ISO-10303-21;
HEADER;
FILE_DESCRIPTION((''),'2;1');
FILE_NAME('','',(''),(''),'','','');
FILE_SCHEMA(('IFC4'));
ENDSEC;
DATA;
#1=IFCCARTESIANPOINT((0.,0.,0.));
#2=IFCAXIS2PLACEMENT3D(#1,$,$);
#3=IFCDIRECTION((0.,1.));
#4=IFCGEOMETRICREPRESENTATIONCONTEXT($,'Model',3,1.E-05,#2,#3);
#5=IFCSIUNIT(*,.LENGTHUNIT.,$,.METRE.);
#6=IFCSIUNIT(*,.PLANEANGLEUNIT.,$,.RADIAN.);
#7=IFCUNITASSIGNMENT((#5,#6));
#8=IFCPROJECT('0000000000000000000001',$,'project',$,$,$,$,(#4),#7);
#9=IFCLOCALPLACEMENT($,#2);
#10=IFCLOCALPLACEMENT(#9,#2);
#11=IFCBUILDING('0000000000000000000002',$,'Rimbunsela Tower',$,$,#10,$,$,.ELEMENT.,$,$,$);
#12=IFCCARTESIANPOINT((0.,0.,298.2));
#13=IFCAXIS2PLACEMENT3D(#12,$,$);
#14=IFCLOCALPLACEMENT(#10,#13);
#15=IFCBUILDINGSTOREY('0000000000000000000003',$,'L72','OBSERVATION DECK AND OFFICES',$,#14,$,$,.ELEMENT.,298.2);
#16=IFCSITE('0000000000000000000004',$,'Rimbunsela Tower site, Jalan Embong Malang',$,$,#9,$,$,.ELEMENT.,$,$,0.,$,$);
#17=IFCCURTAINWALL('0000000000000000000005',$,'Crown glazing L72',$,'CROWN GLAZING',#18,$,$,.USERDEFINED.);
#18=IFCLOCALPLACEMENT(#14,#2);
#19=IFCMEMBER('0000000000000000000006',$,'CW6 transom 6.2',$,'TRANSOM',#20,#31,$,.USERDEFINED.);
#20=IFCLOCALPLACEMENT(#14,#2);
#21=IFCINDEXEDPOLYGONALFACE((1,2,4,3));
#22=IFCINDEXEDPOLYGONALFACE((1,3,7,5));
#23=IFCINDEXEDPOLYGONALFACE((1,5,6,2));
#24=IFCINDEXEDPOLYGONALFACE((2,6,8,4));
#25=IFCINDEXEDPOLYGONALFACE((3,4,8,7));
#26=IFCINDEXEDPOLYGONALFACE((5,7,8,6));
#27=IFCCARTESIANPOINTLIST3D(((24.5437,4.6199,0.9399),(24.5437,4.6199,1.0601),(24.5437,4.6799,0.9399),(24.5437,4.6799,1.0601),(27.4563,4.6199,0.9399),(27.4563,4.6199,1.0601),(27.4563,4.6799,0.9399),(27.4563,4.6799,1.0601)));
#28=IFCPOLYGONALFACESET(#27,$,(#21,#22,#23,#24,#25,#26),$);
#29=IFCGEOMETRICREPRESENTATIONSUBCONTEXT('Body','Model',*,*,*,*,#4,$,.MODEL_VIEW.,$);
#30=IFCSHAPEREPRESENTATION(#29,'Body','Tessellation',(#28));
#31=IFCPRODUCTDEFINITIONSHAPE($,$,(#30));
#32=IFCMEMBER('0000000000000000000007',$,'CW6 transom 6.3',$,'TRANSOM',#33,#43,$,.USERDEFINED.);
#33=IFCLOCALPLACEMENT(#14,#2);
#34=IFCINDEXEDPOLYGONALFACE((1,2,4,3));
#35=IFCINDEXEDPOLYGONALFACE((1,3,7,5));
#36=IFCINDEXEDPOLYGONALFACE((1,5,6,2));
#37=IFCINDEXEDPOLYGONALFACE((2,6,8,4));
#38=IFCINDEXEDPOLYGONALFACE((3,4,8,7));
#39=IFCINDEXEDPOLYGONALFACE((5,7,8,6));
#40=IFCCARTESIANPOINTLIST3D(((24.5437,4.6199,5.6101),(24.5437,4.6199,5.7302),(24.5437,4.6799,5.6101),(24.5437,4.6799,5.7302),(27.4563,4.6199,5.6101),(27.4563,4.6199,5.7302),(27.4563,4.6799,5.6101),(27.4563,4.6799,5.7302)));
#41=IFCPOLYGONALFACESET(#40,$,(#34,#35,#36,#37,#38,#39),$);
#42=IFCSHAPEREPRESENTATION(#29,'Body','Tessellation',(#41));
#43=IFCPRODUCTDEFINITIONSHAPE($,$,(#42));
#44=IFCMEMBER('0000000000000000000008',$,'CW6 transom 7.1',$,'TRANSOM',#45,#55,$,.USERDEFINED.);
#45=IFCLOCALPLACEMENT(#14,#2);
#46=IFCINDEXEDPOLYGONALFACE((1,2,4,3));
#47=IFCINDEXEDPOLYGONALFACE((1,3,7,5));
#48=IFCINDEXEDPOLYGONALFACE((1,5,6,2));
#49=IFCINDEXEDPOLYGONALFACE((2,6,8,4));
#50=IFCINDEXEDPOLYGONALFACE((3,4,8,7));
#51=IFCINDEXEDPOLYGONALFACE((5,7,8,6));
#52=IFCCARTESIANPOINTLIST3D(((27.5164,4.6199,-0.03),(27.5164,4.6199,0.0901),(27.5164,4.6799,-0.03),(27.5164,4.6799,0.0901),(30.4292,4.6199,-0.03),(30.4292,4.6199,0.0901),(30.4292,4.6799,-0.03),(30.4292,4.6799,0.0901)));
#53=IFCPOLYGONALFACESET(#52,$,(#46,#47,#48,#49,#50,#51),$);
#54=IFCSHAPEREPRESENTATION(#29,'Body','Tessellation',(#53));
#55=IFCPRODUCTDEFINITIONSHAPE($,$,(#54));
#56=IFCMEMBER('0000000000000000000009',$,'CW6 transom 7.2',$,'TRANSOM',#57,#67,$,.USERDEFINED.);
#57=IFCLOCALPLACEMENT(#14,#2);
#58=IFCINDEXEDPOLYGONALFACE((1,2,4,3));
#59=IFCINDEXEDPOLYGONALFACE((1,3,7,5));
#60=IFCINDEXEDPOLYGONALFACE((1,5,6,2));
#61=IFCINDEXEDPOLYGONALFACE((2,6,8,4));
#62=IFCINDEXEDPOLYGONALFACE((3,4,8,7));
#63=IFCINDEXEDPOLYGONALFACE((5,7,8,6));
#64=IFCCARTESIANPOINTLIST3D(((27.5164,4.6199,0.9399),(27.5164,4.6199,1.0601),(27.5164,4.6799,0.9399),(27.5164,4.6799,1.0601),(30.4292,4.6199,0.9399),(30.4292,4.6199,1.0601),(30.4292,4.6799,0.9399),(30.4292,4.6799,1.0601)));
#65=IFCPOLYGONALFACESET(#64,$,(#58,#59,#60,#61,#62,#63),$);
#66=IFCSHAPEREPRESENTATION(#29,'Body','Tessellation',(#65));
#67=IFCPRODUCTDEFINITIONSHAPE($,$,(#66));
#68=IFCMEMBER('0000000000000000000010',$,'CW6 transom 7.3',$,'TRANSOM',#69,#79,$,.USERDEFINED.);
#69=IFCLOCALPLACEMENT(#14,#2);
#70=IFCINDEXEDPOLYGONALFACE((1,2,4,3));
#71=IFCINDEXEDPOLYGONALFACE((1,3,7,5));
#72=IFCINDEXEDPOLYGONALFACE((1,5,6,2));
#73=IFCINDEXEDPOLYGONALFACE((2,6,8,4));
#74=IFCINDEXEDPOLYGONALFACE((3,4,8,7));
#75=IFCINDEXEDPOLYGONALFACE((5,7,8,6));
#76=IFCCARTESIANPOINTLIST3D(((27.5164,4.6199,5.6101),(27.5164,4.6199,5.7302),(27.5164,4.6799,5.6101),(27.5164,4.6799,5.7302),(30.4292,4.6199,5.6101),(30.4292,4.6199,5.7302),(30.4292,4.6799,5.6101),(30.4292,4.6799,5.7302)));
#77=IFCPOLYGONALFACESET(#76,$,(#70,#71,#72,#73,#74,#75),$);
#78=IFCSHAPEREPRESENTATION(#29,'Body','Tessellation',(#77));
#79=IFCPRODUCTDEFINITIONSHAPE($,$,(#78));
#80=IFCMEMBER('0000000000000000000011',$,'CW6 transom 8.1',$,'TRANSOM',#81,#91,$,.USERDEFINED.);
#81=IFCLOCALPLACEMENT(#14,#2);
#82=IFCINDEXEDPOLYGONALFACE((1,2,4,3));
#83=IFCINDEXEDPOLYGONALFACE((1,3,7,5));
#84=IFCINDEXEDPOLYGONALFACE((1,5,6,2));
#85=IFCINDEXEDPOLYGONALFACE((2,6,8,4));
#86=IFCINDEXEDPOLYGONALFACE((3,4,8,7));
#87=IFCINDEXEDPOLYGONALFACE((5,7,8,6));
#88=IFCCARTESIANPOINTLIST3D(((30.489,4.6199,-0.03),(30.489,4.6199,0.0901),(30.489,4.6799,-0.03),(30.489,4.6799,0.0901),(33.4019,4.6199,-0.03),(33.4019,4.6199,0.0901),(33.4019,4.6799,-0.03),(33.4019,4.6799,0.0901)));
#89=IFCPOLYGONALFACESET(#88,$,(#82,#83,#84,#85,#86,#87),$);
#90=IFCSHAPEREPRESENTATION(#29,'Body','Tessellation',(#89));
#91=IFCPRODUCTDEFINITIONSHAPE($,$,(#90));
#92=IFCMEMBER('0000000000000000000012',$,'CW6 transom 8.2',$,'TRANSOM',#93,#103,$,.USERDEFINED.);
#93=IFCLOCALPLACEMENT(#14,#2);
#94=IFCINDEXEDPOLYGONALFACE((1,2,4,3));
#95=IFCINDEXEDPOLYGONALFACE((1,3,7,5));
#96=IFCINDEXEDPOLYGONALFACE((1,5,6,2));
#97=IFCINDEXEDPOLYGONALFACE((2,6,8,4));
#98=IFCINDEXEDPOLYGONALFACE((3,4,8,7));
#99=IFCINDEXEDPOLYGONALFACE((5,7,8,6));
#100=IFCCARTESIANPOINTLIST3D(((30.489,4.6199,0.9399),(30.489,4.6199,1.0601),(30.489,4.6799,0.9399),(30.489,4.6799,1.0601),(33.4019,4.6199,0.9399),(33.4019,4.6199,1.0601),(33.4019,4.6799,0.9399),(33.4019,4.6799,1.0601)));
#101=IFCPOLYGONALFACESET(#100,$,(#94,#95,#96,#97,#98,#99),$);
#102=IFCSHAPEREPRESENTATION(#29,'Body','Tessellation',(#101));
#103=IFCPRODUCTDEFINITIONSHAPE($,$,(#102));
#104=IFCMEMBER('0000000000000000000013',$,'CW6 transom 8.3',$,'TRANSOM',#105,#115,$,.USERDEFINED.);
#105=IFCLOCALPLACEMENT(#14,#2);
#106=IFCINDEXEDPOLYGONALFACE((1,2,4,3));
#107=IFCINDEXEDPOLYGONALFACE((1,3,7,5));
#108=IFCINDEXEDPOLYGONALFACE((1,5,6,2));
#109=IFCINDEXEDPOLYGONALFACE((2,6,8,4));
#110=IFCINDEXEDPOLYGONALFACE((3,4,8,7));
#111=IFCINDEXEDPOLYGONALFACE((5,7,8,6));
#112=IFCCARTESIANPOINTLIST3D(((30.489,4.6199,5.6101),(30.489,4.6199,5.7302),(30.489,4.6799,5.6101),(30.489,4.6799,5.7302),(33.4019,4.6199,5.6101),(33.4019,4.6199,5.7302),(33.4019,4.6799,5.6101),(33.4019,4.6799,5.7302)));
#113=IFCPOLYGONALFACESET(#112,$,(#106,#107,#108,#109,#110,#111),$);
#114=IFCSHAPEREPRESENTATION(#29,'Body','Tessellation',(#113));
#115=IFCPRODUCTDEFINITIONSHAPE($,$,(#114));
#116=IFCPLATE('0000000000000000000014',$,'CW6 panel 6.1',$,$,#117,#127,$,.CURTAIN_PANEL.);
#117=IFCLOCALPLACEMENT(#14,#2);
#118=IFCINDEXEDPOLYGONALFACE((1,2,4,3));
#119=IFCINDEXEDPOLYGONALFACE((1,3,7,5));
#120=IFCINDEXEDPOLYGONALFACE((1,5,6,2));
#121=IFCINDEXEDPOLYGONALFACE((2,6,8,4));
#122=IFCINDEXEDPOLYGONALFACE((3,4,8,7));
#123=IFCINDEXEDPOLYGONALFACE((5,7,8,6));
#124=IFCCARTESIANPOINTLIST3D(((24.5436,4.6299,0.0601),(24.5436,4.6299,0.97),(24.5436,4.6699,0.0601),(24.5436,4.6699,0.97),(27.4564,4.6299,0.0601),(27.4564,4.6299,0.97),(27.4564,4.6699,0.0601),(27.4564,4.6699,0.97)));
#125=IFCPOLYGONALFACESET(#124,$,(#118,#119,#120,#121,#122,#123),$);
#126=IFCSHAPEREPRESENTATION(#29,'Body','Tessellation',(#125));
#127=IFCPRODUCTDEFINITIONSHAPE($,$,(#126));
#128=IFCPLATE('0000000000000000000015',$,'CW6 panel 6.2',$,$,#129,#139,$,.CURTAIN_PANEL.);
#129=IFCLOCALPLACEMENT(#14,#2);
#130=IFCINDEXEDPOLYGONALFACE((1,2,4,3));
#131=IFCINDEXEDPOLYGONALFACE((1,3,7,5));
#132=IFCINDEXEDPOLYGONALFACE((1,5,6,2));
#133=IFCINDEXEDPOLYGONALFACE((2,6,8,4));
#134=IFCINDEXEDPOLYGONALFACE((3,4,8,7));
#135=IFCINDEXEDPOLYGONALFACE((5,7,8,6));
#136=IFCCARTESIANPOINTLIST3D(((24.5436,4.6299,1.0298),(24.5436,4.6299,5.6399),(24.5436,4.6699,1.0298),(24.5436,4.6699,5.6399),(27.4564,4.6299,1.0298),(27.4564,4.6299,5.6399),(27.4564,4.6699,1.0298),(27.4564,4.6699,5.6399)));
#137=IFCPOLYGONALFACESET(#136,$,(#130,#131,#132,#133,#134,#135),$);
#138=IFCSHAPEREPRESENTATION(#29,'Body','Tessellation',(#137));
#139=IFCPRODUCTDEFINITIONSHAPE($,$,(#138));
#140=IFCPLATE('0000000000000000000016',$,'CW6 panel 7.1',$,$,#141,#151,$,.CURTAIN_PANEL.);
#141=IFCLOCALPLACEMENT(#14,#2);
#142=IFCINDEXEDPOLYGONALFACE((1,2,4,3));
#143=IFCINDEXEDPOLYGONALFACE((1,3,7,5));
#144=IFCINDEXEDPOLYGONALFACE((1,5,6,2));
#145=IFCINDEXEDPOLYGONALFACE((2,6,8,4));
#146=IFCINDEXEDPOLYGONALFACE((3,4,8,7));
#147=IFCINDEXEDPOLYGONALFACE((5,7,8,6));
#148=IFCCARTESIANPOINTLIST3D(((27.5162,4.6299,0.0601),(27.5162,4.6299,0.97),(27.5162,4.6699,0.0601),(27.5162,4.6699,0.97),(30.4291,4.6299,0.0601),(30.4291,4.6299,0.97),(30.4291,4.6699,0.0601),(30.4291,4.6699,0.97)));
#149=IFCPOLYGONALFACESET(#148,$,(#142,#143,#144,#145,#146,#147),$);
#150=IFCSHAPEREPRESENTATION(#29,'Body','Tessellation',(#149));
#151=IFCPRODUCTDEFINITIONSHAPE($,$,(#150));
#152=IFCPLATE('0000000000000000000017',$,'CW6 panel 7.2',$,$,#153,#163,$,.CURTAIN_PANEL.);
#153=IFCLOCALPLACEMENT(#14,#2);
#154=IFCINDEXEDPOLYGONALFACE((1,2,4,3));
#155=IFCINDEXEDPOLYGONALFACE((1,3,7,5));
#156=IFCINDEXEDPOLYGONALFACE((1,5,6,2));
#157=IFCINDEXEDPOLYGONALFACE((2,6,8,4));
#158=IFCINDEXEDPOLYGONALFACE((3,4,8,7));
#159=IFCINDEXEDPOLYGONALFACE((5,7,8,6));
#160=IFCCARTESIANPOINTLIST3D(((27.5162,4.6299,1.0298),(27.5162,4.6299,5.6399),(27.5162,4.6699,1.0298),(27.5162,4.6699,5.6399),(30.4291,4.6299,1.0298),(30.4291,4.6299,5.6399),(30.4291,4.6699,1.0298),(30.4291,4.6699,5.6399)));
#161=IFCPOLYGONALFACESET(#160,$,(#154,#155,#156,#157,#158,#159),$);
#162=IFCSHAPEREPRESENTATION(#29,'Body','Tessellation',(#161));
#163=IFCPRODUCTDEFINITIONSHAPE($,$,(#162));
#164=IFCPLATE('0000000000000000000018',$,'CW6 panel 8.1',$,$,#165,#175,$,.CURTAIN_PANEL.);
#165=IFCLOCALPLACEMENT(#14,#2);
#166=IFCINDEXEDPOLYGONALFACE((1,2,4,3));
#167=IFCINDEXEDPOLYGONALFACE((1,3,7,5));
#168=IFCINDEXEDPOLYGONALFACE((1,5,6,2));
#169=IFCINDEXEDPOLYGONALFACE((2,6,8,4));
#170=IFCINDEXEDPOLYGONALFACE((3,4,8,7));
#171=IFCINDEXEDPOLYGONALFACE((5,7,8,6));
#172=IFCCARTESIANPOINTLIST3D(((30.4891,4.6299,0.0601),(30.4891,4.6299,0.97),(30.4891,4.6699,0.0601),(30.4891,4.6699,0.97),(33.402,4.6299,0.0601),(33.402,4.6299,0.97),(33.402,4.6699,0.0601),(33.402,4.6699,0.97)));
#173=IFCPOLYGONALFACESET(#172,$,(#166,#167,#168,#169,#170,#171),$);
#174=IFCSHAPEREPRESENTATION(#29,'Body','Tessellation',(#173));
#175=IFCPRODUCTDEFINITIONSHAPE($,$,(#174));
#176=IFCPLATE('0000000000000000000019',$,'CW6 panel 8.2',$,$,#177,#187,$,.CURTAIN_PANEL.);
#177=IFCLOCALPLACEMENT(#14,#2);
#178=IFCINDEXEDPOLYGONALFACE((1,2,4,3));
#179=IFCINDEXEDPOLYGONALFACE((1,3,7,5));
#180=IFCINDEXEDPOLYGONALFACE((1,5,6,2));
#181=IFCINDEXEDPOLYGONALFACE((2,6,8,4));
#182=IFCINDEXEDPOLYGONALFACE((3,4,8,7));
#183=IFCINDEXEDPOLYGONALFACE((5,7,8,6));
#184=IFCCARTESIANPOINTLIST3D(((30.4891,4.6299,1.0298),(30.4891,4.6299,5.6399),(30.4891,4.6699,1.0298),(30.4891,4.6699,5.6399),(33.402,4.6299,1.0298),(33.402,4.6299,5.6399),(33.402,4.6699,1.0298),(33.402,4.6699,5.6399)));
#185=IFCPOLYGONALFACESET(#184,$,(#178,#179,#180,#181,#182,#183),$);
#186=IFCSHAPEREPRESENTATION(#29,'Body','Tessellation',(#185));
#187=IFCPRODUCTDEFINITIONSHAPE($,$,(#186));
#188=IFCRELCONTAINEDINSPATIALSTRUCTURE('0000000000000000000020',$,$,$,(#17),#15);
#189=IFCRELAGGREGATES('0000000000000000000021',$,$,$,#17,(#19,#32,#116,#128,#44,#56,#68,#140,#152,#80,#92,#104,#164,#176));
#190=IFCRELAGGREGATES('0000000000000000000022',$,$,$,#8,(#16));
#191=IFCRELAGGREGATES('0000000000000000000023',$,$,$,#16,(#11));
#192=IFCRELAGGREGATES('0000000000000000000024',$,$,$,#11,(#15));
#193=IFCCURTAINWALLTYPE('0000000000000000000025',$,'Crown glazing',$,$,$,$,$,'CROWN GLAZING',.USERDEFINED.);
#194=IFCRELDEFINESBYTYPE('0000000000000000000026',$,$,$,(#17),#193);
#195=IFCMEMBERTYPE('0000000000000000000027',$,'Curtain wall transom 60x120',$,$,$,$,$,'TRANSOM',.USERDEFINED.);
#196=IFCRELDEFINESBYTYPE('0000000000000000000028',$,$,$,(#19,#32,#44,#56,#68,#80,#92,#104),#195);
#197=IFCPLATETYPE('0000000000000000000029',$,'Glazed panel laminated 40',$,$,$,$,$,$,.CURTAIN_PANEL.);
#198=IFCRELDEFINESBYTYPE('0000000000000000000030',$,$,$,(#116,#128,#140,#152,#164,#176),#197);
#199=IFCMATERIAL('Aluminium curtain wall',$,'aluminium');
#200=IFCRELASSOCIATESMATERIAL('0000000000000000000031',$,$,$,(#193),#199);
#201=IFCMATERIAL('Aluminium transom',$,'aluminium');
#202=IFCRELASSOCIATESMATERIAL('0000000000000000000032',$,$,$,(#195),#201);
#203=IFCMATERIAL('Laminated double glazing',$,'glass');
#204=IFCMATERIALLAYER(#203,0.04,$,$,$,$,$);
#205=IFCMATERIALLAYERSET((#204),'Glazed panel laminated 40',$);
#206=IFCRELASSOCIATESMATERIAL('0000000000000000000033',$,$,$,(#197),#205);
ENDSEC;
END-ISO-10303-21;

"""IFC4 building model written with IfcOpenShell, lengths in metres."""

from ifc_helpers import new_model, si_unit, direction, frame, origin, origin_2d, place, context, subcontext, project, spatial, rectangle, extrude, material, layer, layer_set, material_profile, profile_set, type_object, element, aggregate, save


model = new_model("IFC4")

# Units and contexts
model_context = context("Model", 3, precision=1e-05, world=origin(), true_north=direction((0.0, 1.0)))
body_context = subcontext(model_context, "Body", "Model", "MODEL_VIEW")
ifc_project = project(units=[si_unit("LENGTHUNIT", "METRE"), si_unit("PLANEANGLEUNIT", "RADIAN")], contexts=[model_context])

# Site, building, storey
site_placement = place(None, origin())
site = spatial("IfcSite", under=ifc_project, at=site_placement, Name="Rimbunsela Tower site, Jalan Embong Malang", CompositionType="ELEMENT", RefElevation=0.0)
building_placement = place(site_placement, origin())
building = spatial("IfcBuilding", under=site, at=building_placement, Name="Rimbunsela Tower", CompositionType="ELEMENT")
storey_placement = place(building_placement, frame((0.0, 0.0, 298.2)))
storey = spatial("IfcBuildingStorey", under=building, at=storey_placement, Name="L72", Description="OBSERVATION DECK AND OFFICES", CompositionType="ELEMENT", Elevation=298.2)

# Curtain wall, members, plates
ifc_material_1 = material(Name="Aluminium curtain wall", Category="aluminium")
curtain_wall_type = type_object("IfcCurtainWallType", Name="Crown glazing", ElementType="CROWN GLAZING", PredefinedType="USERDEFINED", material=ifc_material_1)
curtain_wall_placement = place(storey_placement, origin())
curtain_wall = element("IfcCurtainWall", 1, at=curtain_wall_placement, inside=storey, type_object=curtain_wall_type, Name="Crown glazing L72", ObjectType="CROWN GLAZING", PredefinedType="USERDEFINED")
ifc_material_2 = material(Name="Aluminium transom", Category="aluminium")
ifc_material_profile_1 = material_profile(ifc_material_2, rectangle(XDim=0.0601, YDim=0.1201, at=origin_2d()), Name="Transom 60x120")
ifc_profile_set_1 = profile_set([ifc_material_profile_1], Name="Aluminium transom")
member_type_1 = type_object("IfcMemberType", Name="Curtain wall transom 60x120", ElementType="TRANSOM", PredefinedType="USERDEFINED", material=ifc_profile_set_1)
member_1_placement = place(storey_placement, frame((24.5437, 4.6499, 1.0), z_axis=(1.0, 0.0, 0.0), x_axis=(0.0, 1.0, 0.0)))
member_1 = element("IfcMember", 2, at=member_1_placement, type_object=member_type_1, Name="CW6 transom 6.2", ObjectType="TRANSOM", PredefinedType="USERDEFINED", context=body_context, shape_type="SweptSolid", body=[
    extrude(rectangle(XDim=0.0601, YDim=0.1201, at=origin_2d()), origin(), (0.0, 0.0, 1.0), 2.9126),
])
member_2_placement = place(storey_placement, frame((24.5437, 4.6499, 5.6702), z_axis=(1.0, 0.0, 0.0), x_axis=(0.0, 1.0, 0.0)))
member_2 = element("IfcMember", 3, at=member_2_placement, type_object=member_type_1, Name="CW6 transom 6.3", ObjectType="TRANSOM", PredefinedType="USERDEFINED", context=body_context, shape_type="SweptSolid", body=[
    extrude(rectangle(XDim=0.0601, YDim=0.1201, at=origin_2d()), origin(), (0.0, 0.0, 1.0), 2.9126),
])
member_3_placement = place(storey_placement, frame((27.5164, 4.6499, 0.03), z_axis=(1.0, 0.0, 0.0), x_axis=(0.0, 1.0, 0.0)))
member_3 = element("IfcMember", 4, at=member_3_placement, type_object=member_type_1, Name="CW6 transom 7.1", ObjectType="TRANSOM", PredefinedType="USERDEFINED", context=body_context, shape_type="SweptSolid", body=[
    extrude(rectangle(XDim=0.0601, YDim=0.1201, at=origin_2d()), origin(), (0.0, 0.0, 1.0), 2.9128),
])
member_4_placement = place(storey_placement, frame((27.5164, 4.6499, 1.0), z_axis=(1.0, 0.0, 0.0), x_axis=(0.0, 1.0, 0.0)))
member_4 = element("IfcMember", 5, at=member_4_placement, type_object=member_type_1, Name="CW6 transom 7.2", ObjectType="TRANSOM", PredefinedType="USERDEFINED", context=body_context, shape_type="SweptSolid", body=[
    extrude(rectangle(XDim=0.0601, YDim=0.1201, at=origin_2d()), origin(), (0.0, 0.0, 1.0), 2.9128),
])
member_5_placement = place(storey_placement, frame((27.5164, 4.6499, 5.6702), z_axis=(1.0, 0.0, 0.0), x_axis=(0.0, 1.0, 0.0)))
member_5 = element("IfcMember", 6, at=member_5_placement, type_object=member_type_1, Name="CW6 transom 7.3", ObjectType="TRANSOM", PredefinedType="USERDEFINED", context=body_context, shape_type="SweptSolid", body=[
    extrude(rectangle(XDim=0.0601, YDim=0.1201, at=origin_2d()), origin(), (0.0, 0.0, 1.0), 2.9128),
])
member_6_placement = place(storey_placement, frame((30.489, 4.6499, 0.03), z_axis=(1.0, 0.0, 0.0), x_axis=(0.0, 1.0, 0.0)))
member_6 = element("IfcMember", 7, at=member_6_placement, type_object=member_type_1, Name="CW6 transom 8.1", ObjectType="TRANSOM", PredefinedType="USERDEFINED", context=body_context, shape_type="SweptSolid", body=[
    extrude(rectangle(XDim=0.0601, YDim=0.1201, at=origin_2d()), origin(), (0.0, 0.0, 1.0), 2.9128),
])
member_7_placement = place(storey_placement, frame((30.489, 4.6499, 1.0), z_axis=(1.0, 0.0, 0.0), x_axis=(0.0, 1.0, 0.0)))
member_7 = element("IfcMember", 8, at=member_7_placement, type_object=member_type_1, Name="CW6 transom 8.2", ObjectType="TRANSOM", PredefinedType="USERDEFINED", context=body_context, shape_type="SweptSolid", body=[
    extrude(rectangle(XDim=0.0601, YDim=0.1201, at=origin_2d()), origin(), (0.0, 0.0, 1.0), 2.9128),
])
member_8_placement = place(storey_placement, frame((30.489, 4.6499, 5.6702), z_axis=(1.0, 0.0, 0.0), x_axis=(0.0, 1.0, 0.0)))
member_8 = element("IfcMember", 9, at=member_8_placement, type_object=member_type_1, Name="CW6 transom 8.3", ObjectType="TRANSOM", PredefinedType="USERDEFINED", context=body_context, shape_type="SweptSolid", body=[
    extrude(rectangle(XDim=0.0601, YDim=0.1201, at=origin_2d()), origin(), (0.0, 0.0, 1.0), 2.9128),
])
ifc_material_3 = material(Name="Laminated double glazing", Category="glass")
ifc_layer_1 = layer(ifc_material_3, 0.04)
ifc_layer_set_1 = layer_set([ifc_layer_1], Name="Glazed panel laminated 40")
plate_type = type_object("IfcPlateType", Name="Glazed panel laminated 40", PredefinedType="CURTAIN_PANEL", material=ifc_layer_set_1)
plate_1_placement = place(storey_placement, frame((26.0, 4.6499, 0.0601), z_axis=(0.0, 0.0, 1.0), x_axis=(1.0, 0.0, 0.0)))
plate_1 = element("IfcPlate", 10, at=plate_1_placement, type_object=plate_type, Name="CW6 panel 6.1", PredefinedType="CURTAIN_PANEL", context=body_context, shape_type="SweptSolid", body=[
    extrude(rectangle(XDim=2.9128, YDim=0.04, at=origin_2d()), origin(), (0.0, 0.0, 1.0), 0.9099),
])
plate_2_placement = place(storey_placement, frame((26.0, 4.6499, 1.0298), z_axis=(0.0, 0.0, 1.0), x_axis=(1.0, 0.0, 0.0)))
plate_2 = element("IfcPlate", 11, at=plate_2_placement, type_object=plate_type, Name="CW6 panel 6.2", PredefinedType="CURTAIN_PANEL", context=body_context, shape_type="SweptSolid", body=[
    extrude(rectangle(XDim=2.9128, YDim=0.04, at=origin_2d()), origin(), (0.0, 0.0, 1.0), 4.6101),
])
plate_3_placement = place(storey_placement, frame((28.9727, 4.6499, 0.0601), z_axis=(0.0, 0.0, 1.0), x_axis=(1.0, 0.0, 0.0)))
plate_3 = element("IfcPlate", 12, at=plate_3_placement, type_object=plate_type, Name="CW6 panel 7.1", PredefinedType="CURTAIN_PANEL", context=body_context, shape_type="SweptSolid", body=[
    extrude(rectangle(XDim=2.9128, YDim=0.04, at=origin_2d()), origin(), (0.0, 0.0, 1.0), 0.9099),
])
plate_4_placement = place(storey_placement, frame((28.9727, 4.6499, 1.0298), z_axis=(0.0, 0.0, 1.0), x_axis=(1.0, 0.0, 0.0)))
plate_4 = element("IfcPlate", 13, at=plate_4_placement, type_object=plate_type, Name="CW6 panel 7.2", PredefinedType="CURTAIN_PANEL", context=body_context, shape_type="SweptSolid", body=[
    extrude(rectangle(XDim=2.9128, YDim=0.04, at=origin_2d()), origin(), (0.0, 0.0, 1.0), 4.6101),
])
plate_5_placement = place(storey_placement, frame((31.9456, 4.6499, 0.0601), z_axis=(0.0, 0.0, 1.0), x_axis=(1.0, 0.0, 0.0)))
plate_5 = element("IfcPlate", 14, at=plate_5_placement, type_object=plate_type, Name="CW6 panel 8.1", PredefinedType="CURTAIN_PANEL", context=body_context, shape_type="SweptSolid", body=[
    extrude(rectangle(XDim=2.9128, YDim=0.04, at=origin_2d()), origin(), (0.0, 0.0, 1.0), 0.9099),
])
plate_6_placement = place(storey_placement, frame((31.9456, 4.6499, 1.0298), z_axis=(0.0, 0.0, 1.0), x_axis=(1.0, 0.0, 0.0)))
plate_6 = element("IfcPlate", 15, at=plate_6_placement, type_object=plate_type, Name="CW6 panel 8.2", PredefinedType="CURTAIN_PANEL", context=body_context, shape_type="SweptSolid", body=[
    extrude(rectangle(XDim=2.9128, YDim=0.04, at=origin_2d()), origin(), (0.0, 0.0, 1.0), 4.6101),
])
aggregate(curtain_wall, [member_1, member_2, plate_1, plate_2, member_3, member_4, member_5, plate_3, plate_4, member_6, member_7, member_8, plate_5, plate_6])

save(model, "model.ifc")
